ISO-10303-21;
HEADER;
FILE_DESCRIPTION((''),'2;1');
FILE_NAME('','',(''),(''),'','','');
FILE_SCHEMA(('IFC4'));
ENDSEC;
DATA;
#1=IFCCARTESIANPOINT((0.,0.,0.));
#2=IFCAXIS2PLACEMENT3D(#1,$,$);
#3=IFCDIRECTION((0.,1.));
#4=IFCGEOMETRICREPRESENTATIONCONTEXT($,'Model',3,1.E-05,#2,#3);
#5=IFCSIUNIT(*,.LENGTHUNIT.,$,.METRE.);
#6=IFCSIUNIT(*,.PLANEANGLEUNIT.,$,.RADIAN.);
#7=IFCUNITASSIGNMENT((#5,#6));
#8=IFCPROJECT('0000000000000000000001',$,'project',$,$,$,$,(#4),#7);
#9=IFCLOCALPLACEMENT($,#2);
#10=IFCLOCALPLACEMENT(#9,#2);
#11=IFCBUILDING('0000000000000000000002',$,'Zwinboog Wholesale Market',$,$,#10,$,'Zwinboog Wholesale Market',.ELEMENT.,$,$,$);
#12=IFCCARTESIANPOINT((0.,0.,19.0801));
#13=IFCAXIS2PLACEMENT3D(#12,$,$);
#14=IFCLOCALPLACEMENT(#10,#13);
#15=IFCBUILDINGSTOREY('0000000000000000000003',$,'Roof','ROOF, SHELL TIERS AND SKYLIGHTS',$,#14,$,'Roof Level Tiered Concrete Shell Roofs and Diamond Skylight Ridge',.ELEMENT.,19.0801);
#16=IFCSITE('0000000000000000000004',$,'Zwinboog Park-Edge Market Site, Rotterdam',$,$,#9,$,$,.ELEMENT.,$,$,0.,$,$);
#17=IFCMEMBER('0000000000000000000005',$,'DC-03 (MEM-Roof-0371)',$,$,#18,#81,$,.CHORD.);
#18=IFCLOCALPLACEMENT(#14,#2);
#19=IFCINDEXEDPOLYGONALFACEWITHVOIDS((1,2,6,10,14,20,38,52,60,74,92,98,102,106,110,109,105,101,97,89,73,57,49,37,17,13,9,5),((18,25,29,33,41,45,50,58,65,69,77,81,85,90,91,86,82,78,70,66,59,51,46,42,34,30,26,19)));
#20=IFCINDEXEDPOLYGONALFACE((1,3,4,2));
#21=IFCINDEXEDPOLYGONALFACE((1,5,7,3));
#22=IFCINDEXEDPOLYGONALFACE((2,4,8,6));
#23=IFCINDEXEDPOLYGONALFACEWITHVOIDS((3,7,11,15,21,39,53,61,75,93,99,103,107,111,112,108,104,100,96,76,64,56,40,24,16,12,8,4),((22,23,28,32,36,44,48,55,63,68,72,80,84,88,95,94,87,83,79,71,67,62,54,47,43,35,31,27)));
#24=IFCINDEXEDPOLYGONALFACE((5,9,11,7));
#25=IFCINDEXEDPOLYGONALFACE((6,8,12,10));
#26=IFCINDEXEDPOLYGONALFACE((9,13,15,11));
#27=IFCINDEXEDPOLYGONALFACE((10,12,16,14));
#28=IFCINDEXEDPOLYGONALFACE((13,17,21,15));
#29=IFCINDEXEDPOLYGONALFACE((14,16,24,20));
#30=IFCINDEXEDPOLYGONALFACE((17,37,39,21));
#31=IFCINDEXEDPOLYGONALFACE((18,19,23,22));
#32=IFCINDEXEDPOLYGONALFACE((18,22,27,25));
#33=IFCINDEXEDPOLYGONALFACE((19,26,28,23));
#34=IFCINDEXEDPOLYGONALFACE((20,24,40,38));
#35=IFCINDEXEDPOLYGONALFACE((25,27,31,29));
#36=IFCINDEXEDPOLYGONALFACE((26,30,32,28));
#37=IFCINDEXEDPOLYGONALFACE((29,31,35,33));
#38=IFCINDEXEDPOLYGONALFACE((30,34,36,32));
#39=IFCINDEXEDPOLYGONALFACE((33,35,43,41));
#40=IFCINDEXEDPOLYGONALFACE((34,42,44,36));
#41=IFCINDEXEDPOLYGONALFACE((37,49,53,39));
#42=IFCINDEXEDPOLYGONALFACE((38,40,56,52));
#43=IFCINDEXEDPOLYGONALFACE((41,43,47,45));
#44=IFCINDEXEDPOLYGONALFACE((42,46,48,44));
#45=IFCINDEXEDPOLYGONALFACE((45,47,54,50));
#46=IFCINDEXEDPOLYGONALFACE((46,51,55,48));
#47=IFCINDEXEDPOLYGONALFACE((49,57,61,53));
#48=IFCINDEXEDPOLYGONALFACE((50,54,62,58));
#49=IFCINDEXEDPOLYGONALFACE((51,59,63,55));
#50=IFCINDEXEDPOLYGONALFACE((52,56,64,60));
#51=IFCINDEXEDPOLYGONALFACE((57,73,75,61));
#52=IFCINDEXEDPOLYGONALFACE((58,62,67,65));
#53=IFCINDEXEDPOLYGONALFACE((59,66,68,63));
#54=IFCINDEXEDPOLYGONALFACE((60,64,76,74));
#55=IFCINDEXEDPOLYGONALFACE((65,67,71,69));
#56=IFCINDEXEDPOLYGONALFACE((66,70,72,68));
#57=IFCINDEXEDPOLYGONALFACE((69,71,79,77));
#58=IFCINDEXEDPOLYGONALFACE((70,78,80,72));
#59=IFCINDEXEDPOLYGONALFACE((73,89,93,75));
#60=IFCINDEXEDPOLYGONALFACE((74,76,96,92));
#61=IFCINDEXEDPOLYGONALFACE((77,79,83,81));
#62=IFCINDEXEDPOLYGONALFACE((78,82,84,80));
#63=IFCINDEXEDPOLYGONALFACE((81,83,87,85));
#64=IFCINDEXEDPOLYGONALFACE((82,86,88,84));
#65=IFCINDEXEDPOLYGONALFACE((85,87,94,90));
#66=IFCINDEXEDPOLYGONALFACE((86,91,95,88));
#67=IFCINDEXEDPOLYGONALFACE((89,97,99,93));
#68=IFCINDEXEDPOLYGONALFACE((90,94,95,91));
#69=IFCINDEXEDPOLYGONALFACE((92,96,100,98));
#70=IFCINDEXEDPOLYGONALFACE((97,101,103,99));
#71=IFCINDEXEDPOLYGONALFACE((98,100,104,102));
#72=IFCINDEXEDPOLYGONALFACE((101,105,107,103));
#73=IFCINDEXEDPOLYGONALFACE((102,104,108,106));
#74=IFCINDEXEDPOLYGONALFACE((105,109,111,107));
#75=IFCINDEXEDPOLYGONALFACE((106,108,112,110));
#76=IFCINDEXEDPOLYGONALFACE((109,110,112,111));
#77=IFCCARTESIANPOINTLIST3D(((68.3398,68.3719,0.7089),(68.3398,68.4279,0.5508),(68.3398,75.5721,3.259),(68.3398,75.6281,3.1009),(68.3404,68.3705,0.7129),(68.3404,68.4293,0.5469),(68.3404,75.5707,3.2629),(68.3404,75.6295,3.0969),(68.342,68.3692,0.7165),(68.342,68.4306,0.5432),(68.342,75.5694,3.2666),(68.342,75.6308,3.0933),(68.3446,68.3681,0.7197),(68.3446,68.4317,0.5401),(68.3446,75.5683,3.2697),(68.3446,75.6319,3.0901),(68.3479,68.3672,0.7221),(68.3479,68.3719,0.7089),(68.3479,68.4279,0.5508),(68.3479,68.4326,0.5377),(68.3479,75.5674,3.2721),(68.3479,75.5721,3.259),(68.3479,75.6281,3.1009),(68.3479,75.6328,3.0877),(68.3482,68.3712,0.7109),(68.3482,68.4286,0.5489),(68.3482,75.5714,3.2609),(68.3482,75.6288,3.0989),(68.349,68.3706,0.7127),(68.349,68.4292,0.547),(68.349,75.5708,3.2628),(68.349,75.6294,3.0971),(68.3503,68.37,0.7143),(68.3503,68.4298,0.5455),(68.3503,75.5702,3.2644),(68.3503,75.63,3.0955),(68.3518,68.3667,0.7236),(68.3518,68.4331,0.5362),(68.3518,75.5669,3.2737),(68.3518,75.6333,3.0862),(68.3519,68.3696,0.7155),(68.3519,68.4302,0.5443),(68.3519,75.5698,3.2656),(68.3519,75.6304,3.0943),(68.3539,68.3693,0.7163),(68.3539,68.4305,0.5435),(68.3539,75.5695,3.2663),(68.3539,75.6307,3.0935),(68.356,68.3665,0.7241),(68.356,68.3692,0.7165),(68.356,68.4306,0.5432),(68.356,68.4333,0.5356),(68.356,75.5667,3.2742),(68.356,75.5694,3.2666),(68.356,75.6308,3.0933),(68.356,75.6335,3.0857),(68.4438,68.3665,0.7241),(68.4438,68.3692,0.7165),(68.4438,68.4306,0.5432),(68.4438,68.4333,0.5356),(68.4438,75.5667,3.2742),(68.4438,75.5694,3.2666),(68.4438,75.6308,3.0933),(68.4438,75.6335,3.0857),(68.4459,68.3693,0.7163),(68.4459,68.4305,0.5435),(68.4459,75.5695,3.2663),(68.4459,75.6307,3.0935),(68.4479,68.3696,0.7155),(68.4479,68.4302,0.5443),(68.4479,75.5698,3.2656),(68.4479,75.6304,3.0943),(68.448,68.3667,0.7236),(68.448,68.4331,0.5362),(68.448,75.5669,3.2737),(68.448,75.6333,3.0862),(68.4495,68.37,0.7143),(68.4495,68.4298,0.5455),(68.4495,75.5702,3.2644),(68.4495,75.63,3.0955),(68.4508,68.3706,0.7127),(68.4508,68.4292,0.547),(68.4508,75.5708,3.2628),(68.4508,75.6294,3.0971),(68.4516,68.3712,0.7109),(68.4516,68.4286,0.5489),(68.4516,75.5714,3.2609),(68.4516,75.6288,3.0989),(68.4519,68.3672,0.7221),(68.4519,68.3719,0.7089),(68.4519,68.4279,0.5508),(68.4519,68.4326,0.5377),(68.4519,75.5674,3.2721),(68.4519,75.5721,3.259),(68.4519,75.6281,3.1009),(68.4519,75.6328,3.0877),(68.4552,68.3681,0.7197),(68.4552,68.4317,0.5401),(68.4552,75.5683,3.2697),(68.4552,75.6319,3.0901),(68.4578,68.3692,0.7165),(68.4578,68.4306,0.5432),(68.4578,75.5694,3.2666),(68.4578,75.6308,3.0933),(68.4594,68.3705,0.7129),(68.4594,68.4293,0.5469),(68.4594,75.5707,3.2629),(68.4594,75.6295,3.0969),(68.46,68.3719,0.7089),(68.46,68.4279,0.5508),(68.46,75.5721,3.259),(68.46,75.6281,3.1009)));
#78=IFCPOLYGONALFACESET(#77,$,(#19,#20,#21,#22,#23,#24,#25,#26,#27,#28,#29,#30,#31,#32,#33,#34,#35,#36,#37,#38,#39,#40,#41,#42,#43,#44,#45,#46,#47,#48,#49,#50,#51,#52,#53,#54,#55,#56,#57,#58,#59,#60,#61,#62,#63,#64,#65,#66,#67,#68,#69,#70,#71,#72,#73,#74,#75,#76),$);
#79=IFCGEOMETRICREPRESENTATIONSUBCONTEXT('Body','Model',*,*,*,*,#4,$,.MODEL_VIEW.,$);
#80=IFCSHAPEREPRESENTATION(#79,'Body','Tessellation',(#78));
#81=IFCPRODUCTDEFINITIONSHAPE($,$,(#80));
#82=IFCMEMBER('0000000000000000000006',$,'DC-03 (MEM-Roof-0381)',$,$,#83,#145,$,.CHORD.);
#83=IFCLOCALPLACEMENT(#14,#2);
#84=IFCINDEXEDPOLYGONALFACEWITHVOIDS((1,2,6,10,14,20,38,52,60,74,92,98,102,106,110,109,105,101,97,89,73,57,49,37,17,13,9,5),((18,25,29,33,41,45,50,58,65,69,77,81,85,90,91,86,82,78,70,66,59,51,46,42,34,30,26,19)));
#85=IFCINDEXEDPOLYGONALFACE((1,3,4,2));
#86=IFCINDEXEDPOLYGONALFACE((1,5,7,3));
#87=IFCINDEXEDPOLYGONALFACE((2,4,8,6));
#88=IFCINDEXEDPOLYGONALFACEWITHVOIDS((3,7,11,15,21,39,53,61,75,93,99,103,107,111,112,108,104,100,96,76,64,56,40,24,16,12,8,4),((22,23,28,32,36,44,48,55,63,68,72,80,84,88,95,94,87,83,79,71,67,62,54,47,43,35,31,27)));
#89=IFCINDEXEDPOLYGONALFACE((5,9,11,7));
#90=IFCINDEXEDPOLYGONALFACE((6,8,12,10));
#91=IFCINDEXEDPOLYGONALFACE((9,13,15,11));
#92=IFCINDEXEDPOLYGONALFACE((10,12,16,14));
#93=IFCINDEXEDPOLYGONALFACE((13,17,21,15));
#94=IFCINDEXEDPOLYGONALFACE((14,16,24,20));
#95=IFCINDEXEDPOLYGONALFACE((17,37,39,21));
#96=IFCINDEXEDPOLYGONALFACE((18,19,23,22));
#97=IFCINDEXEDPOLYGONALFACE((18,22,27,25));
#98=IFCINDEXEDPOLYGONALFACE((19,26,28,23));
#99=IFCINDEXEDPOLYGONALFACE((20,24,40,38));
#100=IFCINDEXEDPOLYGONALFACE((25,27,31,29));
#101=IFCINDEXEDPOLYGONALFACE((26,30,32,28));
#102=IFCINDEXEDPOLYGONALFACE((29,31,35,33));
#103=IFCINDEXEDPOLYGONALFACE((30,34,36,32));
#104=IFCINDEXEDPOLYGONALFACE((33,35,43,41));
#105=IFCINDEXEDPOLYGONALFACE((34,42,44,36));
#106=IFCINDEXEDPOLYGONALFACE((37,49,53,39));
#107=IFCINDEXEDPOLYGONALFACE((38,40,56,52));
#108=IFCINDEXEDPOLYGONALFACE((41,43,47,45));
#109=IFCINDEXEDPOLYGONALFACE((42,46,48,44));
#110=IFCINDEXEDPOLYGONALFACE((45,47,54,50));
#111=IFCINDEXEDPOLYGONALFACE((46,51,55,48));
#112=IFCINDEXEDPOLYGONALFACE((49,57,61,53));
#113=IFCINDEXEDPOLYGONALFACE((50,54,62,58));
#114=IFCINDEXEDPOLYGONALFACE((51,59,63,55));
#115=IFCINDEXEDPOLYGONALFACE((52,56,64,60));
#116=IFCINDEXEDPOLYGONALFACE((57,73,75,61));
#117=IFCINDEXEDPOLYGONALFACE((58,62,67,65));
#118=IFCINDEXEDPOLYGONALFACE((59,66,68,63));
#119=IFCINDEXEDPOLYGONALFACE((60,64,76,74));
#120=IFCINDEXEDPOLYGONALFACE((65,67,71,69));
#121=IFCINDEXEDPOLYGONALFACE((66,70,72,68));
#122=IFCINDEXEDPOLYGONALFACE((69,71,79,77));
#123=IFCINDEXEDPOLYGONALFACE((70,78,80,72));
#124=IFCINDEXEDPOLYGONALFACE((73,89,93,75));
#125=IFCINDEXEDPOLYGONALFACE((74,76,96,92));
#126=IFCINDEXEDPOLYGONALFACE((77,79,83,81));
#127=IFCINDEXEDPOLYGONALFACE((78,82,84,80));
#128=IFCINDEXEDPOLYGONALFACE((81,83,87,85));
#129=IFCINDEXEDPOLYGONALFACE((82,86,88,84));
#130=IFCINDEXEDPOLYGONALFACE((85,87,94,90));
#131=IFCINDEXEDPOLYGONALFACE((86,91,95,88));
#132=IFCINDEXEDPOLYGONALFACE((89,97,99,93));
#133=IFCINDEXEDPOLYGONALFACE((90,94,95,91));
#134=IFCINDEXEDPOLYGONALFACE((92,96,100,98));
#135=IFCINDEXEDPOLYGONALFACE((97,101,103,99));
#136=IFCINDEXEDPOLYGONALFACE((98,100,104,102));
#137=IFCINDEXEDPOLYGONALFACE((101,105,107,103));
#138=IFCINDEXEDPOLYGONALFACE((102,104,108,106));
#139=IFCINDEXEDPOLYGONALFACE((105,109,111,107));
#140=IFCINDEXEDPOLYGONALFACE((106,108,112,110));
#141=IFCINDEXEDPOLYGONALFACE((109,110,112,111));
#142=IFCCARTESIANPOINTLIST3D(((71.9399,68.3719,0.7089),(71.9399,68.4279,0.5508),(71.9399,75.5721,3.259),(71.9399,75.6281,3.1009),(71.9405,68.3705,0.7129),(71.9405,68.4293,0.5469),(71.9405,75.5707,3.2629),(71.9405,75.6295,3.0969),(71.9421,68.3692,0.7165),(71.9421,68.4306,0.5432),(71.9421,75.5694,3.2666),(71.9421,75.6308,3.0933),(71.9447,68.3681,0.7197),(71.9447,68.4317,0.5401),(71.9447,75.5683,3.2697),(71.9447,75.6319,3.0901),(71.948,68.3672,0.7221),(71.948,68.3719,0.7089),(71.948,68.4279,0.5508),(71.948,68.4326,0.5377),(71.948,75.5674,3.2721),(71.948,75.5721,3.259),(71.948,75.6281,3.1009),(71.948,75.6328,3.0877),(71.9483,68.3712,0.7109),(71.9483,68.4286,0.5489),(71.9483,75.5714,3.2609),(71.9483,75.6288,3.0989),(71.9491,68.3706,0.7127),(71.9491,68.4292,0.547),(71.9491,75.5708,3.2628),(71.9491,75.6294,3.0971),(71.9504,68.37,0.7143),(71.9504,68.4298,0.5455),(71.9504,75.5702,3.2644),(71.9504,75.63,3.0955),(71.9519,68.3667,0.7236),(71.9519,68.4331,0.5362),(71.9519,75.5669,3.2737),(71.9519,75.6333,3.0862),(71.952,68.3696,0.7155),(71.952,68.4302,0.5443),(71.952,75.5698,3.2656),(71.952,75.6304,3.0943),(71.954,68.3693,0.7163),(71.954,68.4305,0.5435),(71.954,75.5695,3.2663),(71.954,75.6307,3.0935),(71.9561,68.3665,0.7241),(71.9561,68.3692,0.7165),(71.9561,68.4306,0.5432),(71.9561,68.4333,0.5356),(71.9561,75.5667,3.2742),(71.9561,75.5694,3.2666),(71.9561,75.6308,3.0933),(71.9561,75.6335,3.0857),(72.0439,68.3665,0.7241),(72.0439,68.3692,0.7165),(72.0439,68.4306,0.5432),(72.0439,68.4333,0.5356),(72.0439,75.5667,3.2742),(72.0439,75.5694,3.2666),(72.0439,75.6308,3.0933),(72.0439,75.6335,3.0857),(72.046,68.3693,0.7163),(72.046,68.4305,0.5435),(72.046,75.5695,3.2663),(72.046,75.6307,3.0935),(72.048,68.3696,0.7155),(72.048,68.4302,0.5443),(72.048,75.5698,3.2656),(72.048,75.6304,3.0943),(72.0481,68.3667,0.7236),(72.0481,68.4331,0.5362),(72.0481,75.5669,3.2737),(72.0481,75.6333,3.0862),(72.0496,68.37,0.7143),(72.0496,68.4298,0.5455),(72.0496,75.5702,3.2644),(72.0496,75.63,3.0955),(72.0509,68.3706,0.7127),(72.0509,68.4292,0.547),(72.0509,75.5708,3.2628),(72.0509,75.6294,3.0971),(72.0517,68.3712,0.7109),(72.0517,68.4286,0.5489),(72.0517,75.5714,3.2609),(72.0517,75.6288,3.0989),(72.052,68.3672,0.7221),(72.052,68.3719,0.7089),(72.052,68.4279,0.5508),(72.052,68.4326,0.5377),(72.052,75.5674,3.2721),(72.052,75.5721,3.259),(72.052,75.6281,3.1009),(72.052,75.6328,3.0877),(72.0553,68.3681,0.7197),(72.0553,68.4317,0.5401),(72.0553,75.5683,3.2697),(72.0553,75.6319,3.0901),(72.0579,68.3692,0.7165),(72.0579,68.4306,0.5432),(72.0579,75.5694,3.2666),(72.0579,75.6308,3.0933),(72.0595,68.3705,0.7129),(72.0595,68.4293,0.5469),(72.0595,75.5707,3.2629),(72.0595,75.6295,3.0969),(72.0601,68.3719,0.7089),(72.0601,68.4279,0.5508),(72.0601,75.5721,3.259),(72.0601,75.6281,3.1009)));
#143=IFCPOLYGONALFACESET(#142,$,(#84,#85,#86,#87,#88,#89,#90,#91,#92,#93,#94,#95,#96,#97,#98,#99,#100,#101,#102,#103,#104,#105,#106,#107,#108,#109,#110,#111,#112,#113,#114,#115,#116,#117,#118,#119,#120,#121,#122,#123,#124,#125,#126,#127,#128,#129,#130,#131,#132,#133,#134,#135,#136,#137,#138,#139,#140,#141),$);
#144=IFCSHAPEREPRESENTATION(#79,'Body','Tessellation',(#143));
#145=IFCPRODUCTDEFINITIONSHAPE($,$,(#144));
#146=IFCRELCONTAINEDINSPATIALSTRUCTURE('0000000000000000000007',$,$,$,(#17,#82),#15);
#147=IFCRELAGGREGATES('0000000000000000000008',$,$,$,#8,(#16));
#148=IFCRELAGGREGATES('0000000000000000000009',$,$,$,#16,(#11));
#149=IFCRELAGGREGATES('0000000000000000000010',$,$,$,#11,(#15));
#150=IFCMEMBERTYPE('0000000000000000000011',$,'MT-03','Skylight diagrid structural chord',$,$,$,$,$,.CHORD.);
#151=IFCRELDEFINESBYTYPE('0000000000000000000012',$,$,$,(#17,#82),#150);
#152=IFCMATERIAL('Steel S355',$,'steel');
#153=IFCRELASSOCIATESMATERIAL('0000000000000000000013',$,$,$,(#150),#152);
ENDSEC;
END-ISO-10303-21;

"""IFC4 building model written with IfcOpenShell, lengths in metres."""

from ifc_helpers import new_model, si_unit, direction, frame, origin, origin_2d, place, context, subcontext, project, spatial, hollow_rectangle, extrude, material, material_profile, profile_set, type_object, element, save


model = new_model("IFC4")

# Units and contexts
model_context = context("Model", 3, precision=1e-05, world=origin(), true_north=direction((0.0, 1.0)))
body_context = subcontext(model_context, "Body", "Model", "MODEL_VIEW")
ifc_project = project(units=[si_unit("LENGTHUNIT", "METRE"), si_unit("PLANEANGLEUNIT", "RADIAN")], contexts=[model_context])

# Site, building, storey
site_placement = place(None, origin())
site = spatial("IfcSite", under=ifc_project, at=site_placement, Name="Zwinboog Park-Edge Market Site, Rotterdam", CompositionType="ELEMENT", RefElevation=0.0)
building_placement = place(site_placement, origin())
building = spatial("IfcBuilding", under=site, at=building_placement, Name="Zwinboog Wholesale Market", LongName="Zwinboog Wholesale Market", CompositionType="ELEMENT")
storey_placement = place(building_placement, frame((0.0, 0.0, 19.0801)))
storey = spatial("IfcBuildingStorey", under=building, at=storey_placement, Name="Roof", Description="ROOF, SHELL TIERS AND SKYLIGHTS", LongName="Roof Level Tiered Concrete Shell Roofs and Diamond Skylight Ridge", CompositionType="ELEMENT", Elevation=19.0801)

# Members
ifc_material_1 = material(Name="Steel S355", Category="steel")
ifc_material_profile_1 = material_profile(ifc_material_1, hollow_rectangle(XDim=0.1201, YDim=0.2, WallThickness=0.0081, InnerFilletRadius=0.0081, OuterFilletRadius=0.0161, at=origin_2d()), Name="RHS 200x120x8")
ifc_profile_set_1 = profile_set([ifc_material_profile_1], Name="Steel S355")
member_type_1 = type_object("IfcMemberType", Name="MT-03", Description="Skylight diagrid structural chord", PredefinedType="CHORD", material=ifc_profile_set_1)
for number, where, z_axis, x_axis, name in (
    (1, (68.3999, 68.3999, 0.6299), (0.0, 0.942628, 0.333845), (-1.0, 0.0, 0.0), "DC-03 (MEM-Roof-0371)"),
    (2, (72.0, 68.3999, 0.6299), (0.0, 0.942628, 0.333845), (-1.0, 0.0, 0.0), "DC-03 (MEM-Roof-0381)"),
):
    element("IfcMember", number, at=place(storey_placement, frame(where, z_axis=z_axis, x_axis=x_axis)), inside=storey, type_object=member_type_1, Name=name, PredefinedType="CHORD", context=body_context, shape_type="SweptSolid", body=[
        extrude(hollow_rectangle(XDim=0.1201, YDim=0.2, WallThickness=0.0081, InnerFilletRadius=0.0081, OuterFilletRadius=0.0161, at=origin_2d()), origin(), (0.0, 0.0, 1.0), 7.6384),
    ])

save(model, "model.ifc")
